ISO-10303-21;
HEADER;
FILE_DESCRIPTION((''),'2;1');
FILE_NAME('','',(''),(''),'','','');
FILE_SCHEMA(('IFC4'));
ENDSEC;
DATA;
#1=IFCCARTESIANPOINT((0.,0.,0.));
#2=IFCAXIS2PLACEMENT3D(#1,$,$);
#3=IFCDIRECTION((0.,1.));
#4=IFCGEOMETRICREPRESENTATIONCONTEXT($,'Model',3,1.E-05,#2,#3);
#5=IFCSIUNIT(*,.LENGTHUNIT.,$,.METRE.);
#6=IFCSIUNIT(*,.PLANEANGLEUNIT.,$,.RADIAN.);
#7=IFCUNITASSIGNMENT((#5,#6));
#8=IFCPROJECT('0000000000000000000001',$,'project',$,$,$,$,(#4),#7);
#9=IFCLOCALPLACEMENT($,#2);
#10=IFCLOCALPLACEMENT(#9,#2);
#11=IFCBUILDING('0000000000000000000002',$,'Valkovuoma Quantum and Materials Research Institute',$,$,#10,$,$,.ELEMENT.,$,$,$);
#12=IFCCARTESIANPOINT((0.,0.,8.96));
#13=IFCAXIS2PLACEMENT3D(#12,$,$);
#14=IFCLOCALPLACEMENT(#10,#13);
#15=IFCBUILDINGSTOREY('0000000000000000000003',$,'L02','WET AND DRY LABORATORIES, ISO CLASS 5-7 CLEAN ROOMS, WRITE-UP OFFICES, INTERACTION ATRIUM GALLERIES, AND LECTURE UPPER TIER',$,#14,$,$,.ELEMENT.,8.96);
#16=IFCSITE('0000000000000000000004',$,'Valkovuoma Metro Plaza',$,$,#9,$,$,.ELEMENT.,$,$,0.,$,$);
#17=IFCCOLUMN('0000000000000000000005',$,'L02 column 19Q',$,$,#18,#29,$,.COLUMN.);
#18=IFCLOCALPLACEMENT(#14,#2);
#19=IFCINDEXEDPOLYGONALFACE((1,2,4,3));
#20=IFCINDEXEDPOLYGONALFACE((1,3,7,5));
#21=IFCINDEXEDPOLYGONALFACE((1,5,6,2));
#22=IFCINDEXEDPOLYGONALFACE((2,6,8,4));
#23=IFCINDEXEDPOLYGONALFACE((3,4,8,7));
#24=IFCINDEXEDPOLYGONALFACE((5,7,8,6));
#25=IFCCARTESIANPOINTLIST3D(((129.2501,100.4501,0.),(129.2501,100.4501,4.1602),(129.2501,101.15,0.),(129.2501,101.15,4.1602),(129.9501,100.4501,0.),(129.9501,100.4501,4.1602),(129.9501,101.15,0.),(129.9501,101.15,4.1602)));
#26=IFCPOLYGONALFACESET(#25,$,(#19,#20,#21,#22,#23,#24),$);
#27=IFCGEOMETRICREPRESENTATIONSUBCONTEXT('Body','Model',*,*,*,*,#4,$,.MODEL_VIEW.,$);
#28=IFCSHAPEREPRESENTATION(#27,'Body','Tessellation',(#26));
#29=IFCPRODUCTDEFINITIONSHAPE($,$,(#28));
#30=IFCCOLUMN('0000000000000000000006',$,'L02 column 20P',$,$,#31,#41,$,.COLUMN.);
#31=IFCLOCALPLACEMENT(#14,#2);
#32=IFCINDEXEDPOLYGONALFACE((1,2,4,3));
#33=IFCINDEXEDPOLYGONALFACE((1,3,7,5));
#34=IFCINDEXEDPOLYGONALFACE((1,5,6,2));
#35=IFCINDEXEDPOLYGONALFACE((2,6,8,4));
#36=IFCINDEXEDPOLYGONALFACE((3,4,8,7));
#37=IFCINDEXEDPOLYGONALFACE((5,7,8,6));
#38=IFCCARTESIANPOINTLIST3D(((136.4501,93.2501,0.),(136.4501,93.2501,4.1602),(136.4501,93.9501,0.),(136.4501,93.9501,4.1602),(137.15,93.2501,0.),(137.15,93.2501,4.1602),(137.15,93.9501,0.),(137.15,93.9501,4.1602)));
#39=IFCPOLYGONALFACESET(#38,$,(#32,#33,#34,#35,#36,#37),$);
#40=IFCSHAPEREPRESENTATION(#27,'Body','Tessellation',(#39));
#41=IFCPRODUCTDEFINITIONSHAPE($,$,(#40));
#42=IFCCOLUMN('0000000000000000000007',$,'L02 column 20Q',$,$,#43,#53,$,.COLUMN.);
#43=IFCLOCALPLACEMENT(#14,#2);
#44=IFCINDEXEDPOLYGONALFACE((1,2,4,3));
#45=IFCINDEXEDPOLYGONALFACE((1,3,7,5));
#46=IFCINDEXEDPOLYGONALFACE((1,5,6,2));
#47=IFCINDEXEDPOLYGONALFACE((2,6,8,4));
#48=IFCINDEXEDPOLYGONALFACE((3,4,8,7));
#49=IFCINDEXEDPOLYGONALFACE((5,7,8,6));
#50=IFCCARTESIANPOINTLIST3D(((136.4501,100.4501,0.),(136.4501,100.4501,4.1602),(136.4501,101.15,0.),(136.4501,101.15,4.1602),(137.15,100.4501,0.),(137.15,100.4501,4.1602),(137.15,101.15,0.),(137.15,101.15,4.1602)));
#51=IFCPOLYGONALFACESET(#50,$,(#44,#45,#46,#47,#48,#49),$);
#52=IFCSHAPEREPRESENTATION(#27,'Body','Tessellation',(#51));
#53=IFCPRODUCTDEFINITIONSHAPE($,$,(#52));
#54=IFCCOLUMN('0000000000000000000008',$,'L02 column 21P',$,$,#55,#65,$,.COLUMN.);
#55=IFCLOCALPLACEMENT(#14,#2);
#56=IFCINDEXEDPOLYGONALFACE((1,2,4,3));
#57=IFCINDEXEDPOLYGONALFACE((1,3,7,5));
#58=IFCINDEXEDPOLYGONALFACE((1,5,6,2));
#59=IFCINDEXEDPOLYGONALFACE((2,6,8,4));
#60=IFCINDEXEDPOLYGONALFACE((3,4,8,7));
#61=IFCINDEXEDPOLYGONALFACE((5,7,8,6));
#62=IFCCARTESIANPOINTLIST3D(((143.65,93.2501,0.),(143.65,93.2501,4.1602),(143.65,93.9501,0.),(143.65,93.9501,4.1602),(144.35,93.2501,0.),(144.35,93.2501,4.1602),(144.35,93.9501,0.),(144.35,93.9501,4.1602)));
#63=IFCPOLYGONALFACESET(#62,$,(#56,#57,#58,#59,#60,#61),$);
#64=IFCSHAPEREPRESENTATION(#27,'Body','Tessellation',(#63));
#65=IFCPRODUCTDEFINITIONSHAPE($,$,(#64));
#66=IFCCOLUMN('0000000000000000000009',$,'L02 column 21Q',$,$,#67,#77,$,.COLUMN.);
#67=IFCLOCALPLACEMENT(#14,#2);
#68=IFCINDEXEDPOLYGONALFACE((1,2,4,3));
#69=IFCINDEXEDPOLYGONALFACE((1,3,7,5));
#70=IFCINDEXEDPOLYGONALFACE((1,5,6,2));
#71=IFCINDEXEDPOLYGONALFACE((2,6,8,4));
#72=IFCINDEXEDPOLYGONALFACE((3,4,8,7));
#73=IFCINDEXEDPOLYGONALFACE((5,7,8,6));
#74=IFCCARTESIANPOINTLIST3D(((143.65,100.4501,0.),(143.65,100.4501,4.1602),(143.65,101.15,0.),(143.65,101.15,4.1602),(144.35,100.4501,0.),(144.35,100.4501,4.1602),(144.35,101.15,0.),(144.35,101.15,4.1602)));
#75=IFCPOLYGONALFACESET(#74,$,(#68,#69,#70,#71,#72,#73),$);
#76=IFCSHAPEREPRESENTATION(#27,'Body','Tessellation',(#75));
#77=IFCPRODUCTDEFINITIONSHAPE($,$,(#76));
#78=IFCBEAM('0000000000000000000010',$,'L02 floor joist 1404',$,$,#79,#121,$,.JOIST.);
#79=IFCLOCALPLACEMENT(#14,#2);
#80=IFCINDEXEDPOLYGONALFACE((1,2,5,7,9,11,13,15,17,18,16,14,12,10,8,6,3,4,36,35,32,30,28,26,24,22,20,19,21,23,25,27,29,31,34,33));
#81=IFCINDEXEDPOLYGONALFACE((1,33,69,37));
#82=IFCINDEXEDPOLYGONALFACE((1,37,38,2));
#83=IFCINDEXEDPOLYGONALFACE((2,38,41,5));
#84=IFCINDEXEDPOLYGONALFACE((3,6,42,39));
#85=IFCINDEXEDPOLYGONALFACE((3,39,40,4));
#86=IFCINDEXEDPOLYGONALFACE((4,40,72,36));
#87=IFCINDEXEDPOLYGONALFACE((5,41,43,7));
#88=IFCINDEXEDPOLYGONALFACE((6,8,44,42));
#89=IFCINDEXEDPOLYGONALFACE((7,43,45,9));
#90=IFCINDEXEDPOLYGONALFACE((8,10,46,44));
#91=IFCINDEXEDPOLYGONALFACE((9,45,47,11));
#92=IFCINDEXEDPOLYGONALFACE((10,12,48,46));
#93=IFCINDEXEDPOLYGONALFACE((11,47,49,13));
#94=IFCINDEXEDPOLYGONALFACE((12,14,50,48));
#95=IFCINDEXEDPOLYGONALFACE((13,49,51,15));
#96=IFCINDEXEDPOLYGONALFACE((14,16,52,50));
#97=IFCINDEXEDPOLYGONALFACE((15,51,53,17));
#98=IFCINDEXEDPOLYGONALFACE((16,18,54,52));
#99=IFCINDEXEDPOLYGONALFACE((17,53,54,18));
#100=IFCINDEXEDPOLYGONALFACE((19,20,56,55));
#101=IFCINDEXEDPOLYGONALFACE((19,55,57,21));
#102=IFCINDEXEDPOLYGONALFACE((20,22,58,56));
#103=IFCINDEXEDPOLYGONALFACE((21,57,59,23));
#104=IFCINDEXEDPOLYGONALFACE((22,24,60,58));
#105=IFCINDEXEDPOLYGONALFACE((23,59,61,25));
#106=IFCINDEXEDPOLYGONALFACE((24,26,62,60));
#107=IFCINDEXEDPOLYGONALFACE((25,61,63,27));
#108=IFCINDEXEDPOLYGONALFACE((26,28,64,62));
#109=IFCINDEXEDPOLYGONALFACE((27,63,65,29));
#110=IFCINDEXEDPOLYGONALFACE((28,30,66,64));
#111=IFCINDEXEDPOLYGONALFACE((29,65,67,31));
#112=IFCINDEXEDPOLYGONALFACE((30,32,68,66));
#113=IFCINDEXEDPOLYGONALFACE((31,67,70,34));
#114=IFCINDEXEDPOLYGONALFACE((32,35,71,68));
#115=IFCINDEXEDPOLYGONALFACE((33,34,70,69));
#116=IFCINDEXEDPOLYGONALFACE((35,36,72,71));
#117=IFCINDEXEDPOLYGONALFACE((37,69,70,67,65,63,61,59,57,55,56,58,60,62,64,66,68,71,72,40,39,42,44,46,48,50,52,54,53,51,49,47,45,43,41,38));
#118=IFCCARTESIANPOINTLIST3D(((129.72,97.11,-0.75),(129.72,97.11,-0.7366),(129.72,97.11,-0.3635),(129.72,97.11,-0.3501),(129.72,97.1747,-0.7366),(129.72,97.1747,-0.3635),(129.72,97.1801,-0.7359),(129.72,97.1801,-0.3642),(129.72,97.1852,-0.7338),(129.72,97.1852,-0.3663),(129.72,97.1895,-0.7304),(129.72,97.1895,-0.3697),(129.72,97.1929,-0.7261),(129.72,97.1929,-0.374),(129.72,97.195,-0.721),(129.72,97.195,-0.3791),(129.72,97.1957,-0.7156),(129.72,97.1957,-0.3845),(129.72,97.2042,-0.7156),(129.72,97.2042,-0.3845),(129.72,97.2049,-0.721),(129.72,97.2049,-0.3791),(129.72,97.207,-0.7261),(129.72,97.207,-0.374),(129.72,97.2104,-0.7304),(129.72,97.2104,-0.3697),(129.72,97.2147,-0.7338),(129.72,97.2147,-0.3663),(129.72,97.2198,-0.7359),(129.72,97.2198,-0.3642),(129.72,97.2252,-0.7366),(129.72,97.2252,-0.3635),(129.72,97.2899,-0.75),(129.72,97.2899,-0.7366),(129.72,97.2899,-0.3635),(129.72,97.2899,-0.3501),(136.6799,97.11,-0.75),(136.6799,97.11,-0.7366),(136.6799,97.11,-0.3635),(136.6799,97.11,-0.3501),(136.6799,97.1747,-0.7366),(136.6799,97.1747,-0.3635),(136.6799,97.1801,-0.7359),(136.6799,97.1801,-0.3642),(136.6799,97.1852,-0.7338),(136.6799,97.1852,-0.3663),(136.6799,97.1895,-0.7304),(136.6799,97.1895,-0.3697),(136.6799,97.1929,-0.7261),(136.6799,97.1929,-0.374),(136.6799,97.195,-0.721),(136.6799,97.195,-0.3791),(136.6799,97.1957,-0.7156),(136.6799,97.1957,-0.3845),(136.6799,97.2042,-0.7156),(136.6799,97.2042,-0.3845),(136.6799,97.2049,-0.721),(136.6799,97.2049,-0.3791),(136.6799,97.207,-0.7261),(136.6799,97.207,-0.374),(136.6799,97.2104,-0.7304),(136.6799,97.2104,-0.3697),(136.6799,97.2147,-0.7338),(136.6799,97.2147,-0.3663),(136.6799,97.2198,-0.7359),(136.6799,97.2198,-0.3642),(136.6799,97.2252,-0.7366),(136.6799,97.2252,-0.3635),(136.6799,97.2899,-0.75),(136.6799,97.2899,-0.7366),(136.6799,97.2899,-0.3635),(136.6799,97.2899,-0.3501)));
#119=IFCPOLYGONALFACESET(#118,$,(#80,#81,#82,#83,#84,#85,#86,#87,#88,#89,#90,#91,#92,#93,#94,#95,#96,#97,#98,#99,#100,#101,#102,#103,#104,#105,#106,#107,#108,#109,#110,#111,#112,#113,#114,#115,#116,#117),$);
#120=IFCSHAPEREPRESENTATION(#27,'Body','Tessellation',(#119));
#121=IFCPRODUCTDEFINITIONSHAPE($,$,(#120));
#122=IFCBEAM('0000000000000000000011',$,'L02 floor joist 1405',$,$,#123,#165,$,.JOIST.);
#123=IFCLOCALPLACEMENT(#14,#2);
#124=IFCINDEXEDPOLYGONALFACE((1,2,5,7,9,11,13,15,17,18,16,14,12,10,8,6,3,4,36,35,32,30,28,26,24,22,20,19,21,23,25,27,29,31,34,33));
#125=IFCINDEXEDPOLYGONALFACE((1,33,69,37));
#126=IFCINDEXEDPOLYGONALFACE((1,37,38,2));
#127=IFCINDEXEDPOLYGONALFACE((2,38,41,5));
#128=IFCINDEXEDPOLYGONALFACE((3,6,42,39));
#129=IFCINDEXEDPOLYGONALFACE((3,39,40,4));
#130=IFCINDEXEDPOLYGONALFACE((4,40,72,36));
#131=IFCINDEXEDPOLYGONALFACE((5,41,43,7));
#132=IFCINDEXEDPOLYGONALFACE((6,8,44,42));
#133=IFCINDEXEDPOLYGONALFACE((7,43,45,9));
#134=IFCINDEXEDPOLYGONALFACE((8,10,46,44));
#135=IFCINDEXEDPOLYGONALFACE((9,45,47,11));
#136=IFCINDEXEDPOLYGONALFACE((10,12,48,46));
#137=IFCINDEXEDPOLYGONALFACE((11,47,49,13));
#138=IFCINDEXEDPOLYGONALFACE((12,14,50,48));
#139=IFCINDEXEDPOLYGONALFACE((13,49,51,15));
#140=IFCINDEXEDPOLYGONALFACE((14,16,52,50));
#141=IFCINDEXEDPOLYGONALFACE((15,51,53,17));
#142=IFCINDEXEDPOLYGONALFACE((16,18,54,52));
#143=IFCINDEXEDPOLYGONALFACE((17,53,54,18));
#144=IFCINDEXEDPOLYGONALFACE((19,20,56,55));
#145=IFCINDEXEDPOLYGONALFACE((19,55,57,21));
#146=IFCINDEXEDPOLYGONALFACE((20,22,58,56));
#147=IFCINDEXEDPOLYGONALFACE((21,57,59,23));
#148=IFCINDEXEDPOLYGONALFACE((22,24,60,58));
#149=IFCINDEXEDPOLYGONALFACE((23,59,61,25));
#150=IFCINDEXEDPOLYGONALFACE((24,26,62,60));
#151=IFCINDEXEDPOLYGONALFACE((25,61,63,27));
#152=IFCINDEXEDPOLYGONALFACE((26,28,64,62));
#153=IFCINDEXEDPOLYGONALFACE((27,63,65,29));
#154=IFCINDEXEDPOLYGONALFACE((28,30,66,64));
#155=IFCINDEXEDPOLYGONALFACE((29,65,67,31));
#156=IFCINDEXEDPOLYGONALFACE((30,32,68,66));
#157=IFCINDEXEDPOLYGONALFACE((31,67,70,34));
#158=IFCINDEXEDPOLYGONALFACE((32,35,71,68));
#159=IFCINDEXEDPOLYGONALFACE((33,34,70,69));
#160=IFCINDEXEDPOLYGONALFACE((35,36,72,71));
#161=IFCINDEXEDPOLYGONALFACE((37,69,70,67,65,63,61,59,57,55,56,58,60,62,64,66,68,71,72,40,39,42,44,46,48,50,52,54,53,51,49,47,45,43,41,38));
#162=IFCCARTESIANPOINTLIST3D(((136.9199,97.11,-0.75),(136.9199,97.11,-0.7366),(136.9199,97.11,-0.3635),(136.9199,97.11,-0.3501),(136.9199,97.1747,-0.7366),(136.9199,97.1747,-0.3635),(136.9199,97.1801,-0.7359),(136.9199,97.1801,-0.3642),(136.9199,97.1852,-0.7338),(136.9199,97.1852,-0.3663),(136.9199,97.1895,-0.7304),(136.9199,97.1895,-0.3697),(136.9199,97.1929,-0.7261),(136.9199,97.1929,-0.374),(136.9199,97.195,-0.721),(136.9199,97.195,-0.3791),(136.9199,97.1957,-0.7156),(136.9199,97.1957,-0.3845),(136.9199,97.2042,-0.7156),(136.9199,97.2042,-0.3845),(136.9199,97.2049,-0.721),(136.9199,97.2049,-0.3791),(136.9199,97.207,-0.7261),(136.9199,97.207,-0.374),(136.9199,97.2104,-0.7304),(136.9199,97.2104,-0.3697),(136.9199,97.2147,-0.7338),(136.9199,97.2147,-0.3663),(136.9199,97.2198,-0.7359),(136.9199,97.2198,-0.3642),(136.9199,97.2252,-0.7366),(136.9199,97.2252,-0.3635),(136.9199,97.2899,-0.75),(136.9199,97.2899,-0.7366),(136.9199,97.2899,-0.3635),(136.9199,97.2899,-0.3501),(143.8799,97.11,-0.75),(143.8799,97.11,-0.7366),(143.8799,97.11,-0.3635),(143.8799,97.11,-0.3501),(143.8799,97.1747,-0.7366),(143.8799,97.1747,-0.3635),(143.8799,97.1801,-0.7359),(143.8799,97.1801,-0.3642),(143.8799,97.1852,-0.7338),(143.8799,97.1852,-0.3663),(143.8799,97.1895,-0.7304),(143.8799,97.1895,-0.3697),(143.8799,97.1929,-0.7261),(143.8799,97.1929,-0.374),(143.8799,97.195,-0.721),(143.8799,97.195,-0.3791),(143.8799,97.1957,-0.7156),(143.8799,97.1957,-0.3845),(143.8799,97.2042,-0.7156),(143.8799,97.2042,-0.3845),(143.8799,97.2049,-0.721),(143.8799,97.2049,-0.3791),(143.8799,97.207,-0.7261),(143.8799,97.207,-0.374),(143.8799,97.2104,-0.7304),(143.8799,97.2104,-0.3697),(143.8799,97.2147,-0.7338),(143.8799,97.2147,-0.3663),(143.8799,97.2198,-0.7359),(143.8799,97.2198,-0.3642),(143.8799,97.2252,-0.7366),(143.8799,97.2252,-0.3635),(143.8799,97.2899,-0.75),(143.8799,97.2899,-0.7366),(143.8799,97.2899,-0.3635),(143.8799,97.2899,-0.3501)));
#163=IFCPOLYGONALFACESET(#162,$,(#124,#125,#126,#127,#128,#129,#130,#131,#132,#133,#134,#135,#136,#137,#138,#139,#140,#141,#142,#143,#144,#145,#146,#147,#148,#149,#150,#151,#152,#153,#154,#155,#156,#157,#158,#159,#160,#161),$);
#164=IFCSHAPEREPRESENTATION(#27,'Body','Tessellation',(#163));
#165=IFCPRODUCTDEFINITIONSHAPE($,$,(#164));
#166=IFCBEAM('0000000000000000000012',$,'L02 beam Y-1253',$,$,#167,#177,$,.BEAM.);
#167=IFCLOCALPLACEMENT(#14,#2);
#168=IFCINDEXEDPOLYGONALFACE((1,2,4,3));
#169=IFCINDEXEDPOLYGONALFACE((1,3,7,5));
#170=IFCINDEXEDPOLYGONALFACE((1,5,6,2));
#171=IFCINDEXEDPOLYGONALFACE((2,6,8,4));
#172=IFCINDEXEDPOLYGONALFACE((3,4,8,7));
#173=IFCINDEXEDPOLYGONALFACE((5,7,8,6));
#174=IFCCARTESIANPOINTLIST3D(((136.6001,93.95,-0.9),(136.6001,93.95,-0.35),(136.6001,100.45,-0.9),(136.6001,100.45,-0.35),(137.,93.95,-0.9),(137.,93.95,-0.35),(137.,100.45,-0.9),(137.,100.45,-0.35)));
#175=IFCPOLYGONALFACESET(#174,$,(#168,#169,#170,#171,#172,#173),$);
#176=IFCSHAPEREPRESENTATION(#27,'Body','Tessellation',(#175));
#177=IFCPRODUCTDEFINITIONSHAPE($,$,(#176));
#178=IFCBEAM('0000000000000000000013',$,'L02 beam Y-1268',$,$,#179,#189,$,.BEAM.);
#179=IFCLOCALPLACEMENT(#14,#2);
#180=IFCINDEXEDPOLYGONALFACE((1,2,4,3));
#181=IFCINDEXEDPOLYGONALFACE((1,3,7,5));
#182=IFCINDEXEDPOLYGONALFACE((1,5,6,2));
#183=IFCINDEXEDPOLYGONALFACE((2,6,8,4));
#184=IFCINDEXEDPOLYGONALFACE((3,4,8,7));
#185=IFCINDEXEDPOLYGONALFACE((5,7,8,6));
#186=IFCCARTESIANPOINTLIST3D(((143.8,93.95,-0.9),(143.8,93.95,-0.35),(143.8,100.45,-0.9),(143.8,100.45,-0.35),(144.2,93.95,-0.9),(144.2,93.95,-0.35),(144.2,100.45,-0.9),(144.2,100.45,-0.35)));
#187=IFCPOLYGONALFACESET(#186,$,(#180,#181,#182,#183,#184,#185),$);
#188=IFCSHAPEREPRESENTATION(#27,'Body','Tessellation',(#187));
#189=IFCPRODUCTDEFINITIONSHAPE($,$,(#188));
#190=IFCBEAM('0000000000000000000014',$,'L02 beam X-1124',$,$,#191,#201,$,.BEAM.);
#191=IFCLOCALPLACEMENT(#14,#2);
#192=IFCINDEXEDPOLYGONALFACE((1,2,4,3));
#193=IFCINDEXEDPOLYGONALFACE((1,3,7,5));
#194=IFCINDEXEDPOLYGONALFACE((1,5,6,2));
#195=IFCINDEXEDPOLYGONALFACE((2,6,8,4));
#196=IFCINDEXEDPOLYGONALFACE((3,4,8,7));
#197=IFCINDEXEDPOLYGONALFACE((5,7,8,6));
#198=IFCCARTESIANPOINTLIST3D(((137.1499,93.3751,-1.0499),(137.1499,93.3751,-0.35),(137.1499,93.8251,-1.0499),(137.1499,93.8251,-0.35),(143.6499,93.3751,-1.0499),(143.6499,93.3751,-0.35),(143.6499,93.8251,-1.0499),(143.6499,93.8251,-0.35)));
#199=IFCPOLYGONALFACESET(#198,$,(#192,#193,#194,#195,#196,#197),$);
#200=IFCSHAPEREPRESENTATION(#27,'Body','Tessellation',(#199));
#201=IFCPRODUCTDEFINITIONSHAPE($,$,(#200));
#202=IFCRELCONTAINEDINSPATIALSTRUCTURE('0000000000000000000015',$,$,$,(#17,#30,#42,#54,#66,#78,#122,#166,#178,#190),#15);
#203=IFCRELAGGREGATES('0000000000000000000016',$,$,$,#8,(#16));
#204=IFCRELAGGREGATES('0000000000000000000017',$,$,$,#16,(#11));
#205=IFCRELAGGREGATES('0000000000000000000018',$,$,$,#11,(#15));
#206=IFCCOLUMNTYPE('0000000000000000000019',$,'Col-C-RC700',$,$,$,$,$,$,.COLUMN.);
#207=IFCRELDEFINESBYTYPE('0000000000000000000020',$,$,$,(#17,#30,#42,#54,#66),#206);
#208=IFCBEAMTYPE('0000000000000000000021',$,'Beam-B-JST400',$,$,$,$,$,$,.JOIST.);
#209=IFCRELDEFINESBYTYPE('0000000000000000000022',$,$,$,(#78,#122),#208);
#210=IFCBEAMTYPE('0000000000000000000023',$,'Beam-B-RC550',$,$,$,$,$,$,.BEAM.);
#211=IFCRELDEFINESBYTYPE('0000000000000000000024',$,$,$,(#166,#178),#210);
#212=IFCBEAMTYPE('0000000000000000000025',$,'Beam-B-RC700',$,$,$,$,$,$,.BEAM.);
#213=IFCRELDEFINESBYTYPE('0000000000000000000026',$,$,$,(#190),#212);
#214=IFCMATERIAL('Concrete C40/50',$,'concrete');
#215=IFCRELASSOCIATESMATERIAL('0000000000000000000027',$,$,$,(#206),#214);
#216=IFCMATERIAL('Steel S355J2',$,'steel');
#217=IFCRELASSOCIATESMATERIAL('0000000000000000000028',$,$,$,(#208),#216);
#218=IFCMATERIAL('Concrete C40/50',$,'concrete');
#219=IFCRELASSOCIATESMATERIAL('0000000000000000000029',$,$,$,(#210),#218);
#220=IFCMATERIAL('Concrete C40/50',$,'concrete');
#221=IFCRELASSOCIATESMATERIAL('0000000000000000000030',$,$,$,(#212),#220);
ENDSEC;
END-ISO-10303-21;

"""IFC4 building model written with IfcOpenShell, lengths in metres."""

from ifc_helpers import new_model, si_unit, direction, frame, origin, origin_2d, place, context, subcontext, project, spatial, rectangle, i_section, extrude, material, material_profile, profile_set, type_object, element, save


model = new_model("IFC4")

# Units and contexts
model_context = context("Model", 3, precision=1e-05, world=origin(), true_north=direction((0.0, 1.0)))
body_context = subcontext(model_context, "Body", "Model", "MODEL_VIEW")
ifc_project = project(units=[si_unit("LENGTHUNIT", "METRE"), si_unit("PLANEANGLEUNIT", "RADIAN")], contexts=[model_context])

# Site, building, storey
site_placement = place(None, origin())
site = spatial("IfcSite", under=ifc_project, at=site_placement, Name="Valkovuoma Metro Plaza", CompositionType="ELEMENT", RefElevation=0.0)
building_placement = place(site_placement, origin())
building = spatial("IfcBuilding", under=site, at=building_placement, Name="Valkovuoma Quantum and Materials Research Institute", CompositionType="ELEMENT")
storey_placement = place(building_placement, frame((0.0, 0.0, 8.96)))
storey = spatial("IfcBuildingStorey", under=building, at=storey_placement, Name="L02", Description="WET AND DRY LABORATORIES, ISO CLASS 5-7 CLEAN ROOMS, WRITE-UP OFFICES, INTERACTION ATRIUM GALLERIES, AND LECTURE UPPER TIER", CompositionType="ELEMENT", Elevation=8.96)

# Columns
ifc_material_1 = material(Name="Concrete C40/50", Category="concrete")
ifc_material_profile_1 = material_profile(ifc_material_1, rectangle(XDim=0.7, YDim=0.7, at=origin_2d()), Name="Concrete C40/50")
ifc_profile_set_1 = profile_set([ifc_material_profile_1], Name="Concrete C40/50")
column_type = type_object("IfcColumnType", Name="Col-C-RC700", PredefinedType="COLUMN", material=ifc_profile_set_1)
for number, where, z_axis, x_axis, name in (
    (1, (129.6001, 100.8, 0.0), (0.0, 0.0, 1.0), (1.0, 0.0, 0.0), "L02 column 19Q"),
    (2, (136.8, 93.6001, 0.0), (0.0, 0.0, 1.0), (1.0, 0.0, 0.0), "L02 column 20P"),
    (3, (136.8, 100.8, 0.0), (0.0, 0.0, 1.0), (1.0, 0.0, 0.0), "L02 column 20Q"),
    (4, (144.0, 93.6001, 0.0), (0.0, 0.0, 1.0), (1.0, 0.0, 0.0), "L02 column 21P"),
    (5, (144.0, 100.8, 0.0), (0.0, 0.0, 1.0), (1.0, 0.0, 0.0), "L02 column 21Q"),
):
    element("IfcColumn", number, at=place(storey_placement, frame(where, z_axis=z_axis, x_axis=x_axis)), inside=storey, type_object=column_type, Name=name, PredefinedType="COLUMN", context=body_context, shape_type="SweptSolid", body=[
        extrude(rectangle(XDim=0.7, YDim=0.7, at=origin_2d()), origin(), (0.0, 0.0, 1.0), 4.1602),
    ])

# Beams
ifc_material_2 = material(Name="Steel S355J2", Category="steel")
ifc_material_profile_2 = material_profile(ifc_material_2, i_section(OverallWidth=0.1799, OverallDepth=0.3999, WebThickness=0.0085, FlangeThickness=0.0134, FilletRadius=0.021, at=origin_2d()), Name="Steel S355J2")
ifc_profile_set_2 = profile_set([ifc_material_profile_2], Name="Steel S355J2")
beam_type_1 = type_object("IfcBeamType", Name="Beam-B-JST400", PredefinedType="JOIST", material=ifc_profile_set_2)
for number, where, z_axis, x_axis, name in (
    (6, (129.72, 97.2, -0.55), (1.0, 0.0, 0.0), (0.0, 1.0, 0.0), "L02 floor joist 1404"),
    (7, (136.9199, 97.2, -0.55), (1.0, 0.0, 0.0), (0.0, 1.0, 0.0), "L02 floor joist 1405"),
):
    element("IfcBeam", number, at=place(storey_placement, frame(where, z_axis=z_axis, x_axis=x_axis)), inside=storey, type_object=beam_type_1, Name=name, PredefinedType="JOIST", context=body_context, shape_type="SweptSolid", body=[
        extrude(i_section(OverallWidth=0.1799, OverallDepth=0.3999, WebThickness=0.0085, FlangeThickness=0.0134, FilletRadius=0.021, at=origin_2d()), origin(), (0.0, 0.0, 1.0), 6.96),
    ])
ifc_material_3 = material(Name="Concrete C40/50", Category="concrete")
ifc_material_profile_3 = material_profile(ifc_material_3, rectangle(XDim=0.3999, YDim=0.55, at=origin_2d()), Name="Concrete C40/50")
ifc_profile_set_3 = profile_set([ifc_material_profile_3], Name="Concrete C40/50")
beam_type_2 = type_object("IfcBeamType", Name="Beam-B-RC550", PredefinedType="BEAM", material=ifc_profile_set_3)
for number, where, z_axis, x_axis, name in (
    (8, (136.8, 93.95, -0.625), (0.0, 1.0, 0.0), (-1.0, 0.0, 0.0), "L02 beam Y-1253"),
    (9, (144.0, 93.95, -0.625), (0.0, 1.0, 0.0), (-1.0, 0.0, 0.0), "L02 beam Y-1268"),
):
    element("IfcBeam", number, at=place(storey_placement, frame(where, z_axis=z_axis, x_axis=x_axis)), inside=storey, type_object=beam_type_2, Name=name, PredefinedType="BEAM", context=body_context, shape_type="SweptSolid", body=[
        extrude(rectangle(XDim=0.3999, YDim=0.55, at=origin_2d()), origin(), (0.0, 0.0, 1.0), 6.5),
    ])
ifc_material_4 = material(Name="Concrete C40/50", Category="concrete")
ifc_material_profile_4 = material_profile(ifc_material_4, rectangle(XDim=0.45, YDim=0.7, at=origin_2d()), Name="Concrete C40/50")
ifc_profile_set_4 = profile_set([ifc_material_profile_4], Name="Concrete C40/50")
beam_type_3 = type_object("IfcBeamType", Name="Beam-B-RC700", PredefinedType="BEAM", material=ifc_profile_set_4)
for number, where, z_axis, x_axis, name in (
    (10, (137.1499, 93.6001, -0.7), (1.0, 0.0, 0.0), (0.0, 1.0, 0.0), "L02 beam X-1124"),
):
    element("IfcBeam", number, at=place(storey_placement, frame(where, z_axis=z_axis, x_axis=x_axis)), inside=storey, type_object=beam_type_3, Name=name, PredefinedType="BEAM", context=body_context, shape_type="SweptSolid", body=[
        extrude(rectangle(XDim=0.45, YDim=0.7, at=origin_2d()), origin(), (0.0, 0.0, 1.0), 6.5),
    ])

save(model, "model.ifc")
